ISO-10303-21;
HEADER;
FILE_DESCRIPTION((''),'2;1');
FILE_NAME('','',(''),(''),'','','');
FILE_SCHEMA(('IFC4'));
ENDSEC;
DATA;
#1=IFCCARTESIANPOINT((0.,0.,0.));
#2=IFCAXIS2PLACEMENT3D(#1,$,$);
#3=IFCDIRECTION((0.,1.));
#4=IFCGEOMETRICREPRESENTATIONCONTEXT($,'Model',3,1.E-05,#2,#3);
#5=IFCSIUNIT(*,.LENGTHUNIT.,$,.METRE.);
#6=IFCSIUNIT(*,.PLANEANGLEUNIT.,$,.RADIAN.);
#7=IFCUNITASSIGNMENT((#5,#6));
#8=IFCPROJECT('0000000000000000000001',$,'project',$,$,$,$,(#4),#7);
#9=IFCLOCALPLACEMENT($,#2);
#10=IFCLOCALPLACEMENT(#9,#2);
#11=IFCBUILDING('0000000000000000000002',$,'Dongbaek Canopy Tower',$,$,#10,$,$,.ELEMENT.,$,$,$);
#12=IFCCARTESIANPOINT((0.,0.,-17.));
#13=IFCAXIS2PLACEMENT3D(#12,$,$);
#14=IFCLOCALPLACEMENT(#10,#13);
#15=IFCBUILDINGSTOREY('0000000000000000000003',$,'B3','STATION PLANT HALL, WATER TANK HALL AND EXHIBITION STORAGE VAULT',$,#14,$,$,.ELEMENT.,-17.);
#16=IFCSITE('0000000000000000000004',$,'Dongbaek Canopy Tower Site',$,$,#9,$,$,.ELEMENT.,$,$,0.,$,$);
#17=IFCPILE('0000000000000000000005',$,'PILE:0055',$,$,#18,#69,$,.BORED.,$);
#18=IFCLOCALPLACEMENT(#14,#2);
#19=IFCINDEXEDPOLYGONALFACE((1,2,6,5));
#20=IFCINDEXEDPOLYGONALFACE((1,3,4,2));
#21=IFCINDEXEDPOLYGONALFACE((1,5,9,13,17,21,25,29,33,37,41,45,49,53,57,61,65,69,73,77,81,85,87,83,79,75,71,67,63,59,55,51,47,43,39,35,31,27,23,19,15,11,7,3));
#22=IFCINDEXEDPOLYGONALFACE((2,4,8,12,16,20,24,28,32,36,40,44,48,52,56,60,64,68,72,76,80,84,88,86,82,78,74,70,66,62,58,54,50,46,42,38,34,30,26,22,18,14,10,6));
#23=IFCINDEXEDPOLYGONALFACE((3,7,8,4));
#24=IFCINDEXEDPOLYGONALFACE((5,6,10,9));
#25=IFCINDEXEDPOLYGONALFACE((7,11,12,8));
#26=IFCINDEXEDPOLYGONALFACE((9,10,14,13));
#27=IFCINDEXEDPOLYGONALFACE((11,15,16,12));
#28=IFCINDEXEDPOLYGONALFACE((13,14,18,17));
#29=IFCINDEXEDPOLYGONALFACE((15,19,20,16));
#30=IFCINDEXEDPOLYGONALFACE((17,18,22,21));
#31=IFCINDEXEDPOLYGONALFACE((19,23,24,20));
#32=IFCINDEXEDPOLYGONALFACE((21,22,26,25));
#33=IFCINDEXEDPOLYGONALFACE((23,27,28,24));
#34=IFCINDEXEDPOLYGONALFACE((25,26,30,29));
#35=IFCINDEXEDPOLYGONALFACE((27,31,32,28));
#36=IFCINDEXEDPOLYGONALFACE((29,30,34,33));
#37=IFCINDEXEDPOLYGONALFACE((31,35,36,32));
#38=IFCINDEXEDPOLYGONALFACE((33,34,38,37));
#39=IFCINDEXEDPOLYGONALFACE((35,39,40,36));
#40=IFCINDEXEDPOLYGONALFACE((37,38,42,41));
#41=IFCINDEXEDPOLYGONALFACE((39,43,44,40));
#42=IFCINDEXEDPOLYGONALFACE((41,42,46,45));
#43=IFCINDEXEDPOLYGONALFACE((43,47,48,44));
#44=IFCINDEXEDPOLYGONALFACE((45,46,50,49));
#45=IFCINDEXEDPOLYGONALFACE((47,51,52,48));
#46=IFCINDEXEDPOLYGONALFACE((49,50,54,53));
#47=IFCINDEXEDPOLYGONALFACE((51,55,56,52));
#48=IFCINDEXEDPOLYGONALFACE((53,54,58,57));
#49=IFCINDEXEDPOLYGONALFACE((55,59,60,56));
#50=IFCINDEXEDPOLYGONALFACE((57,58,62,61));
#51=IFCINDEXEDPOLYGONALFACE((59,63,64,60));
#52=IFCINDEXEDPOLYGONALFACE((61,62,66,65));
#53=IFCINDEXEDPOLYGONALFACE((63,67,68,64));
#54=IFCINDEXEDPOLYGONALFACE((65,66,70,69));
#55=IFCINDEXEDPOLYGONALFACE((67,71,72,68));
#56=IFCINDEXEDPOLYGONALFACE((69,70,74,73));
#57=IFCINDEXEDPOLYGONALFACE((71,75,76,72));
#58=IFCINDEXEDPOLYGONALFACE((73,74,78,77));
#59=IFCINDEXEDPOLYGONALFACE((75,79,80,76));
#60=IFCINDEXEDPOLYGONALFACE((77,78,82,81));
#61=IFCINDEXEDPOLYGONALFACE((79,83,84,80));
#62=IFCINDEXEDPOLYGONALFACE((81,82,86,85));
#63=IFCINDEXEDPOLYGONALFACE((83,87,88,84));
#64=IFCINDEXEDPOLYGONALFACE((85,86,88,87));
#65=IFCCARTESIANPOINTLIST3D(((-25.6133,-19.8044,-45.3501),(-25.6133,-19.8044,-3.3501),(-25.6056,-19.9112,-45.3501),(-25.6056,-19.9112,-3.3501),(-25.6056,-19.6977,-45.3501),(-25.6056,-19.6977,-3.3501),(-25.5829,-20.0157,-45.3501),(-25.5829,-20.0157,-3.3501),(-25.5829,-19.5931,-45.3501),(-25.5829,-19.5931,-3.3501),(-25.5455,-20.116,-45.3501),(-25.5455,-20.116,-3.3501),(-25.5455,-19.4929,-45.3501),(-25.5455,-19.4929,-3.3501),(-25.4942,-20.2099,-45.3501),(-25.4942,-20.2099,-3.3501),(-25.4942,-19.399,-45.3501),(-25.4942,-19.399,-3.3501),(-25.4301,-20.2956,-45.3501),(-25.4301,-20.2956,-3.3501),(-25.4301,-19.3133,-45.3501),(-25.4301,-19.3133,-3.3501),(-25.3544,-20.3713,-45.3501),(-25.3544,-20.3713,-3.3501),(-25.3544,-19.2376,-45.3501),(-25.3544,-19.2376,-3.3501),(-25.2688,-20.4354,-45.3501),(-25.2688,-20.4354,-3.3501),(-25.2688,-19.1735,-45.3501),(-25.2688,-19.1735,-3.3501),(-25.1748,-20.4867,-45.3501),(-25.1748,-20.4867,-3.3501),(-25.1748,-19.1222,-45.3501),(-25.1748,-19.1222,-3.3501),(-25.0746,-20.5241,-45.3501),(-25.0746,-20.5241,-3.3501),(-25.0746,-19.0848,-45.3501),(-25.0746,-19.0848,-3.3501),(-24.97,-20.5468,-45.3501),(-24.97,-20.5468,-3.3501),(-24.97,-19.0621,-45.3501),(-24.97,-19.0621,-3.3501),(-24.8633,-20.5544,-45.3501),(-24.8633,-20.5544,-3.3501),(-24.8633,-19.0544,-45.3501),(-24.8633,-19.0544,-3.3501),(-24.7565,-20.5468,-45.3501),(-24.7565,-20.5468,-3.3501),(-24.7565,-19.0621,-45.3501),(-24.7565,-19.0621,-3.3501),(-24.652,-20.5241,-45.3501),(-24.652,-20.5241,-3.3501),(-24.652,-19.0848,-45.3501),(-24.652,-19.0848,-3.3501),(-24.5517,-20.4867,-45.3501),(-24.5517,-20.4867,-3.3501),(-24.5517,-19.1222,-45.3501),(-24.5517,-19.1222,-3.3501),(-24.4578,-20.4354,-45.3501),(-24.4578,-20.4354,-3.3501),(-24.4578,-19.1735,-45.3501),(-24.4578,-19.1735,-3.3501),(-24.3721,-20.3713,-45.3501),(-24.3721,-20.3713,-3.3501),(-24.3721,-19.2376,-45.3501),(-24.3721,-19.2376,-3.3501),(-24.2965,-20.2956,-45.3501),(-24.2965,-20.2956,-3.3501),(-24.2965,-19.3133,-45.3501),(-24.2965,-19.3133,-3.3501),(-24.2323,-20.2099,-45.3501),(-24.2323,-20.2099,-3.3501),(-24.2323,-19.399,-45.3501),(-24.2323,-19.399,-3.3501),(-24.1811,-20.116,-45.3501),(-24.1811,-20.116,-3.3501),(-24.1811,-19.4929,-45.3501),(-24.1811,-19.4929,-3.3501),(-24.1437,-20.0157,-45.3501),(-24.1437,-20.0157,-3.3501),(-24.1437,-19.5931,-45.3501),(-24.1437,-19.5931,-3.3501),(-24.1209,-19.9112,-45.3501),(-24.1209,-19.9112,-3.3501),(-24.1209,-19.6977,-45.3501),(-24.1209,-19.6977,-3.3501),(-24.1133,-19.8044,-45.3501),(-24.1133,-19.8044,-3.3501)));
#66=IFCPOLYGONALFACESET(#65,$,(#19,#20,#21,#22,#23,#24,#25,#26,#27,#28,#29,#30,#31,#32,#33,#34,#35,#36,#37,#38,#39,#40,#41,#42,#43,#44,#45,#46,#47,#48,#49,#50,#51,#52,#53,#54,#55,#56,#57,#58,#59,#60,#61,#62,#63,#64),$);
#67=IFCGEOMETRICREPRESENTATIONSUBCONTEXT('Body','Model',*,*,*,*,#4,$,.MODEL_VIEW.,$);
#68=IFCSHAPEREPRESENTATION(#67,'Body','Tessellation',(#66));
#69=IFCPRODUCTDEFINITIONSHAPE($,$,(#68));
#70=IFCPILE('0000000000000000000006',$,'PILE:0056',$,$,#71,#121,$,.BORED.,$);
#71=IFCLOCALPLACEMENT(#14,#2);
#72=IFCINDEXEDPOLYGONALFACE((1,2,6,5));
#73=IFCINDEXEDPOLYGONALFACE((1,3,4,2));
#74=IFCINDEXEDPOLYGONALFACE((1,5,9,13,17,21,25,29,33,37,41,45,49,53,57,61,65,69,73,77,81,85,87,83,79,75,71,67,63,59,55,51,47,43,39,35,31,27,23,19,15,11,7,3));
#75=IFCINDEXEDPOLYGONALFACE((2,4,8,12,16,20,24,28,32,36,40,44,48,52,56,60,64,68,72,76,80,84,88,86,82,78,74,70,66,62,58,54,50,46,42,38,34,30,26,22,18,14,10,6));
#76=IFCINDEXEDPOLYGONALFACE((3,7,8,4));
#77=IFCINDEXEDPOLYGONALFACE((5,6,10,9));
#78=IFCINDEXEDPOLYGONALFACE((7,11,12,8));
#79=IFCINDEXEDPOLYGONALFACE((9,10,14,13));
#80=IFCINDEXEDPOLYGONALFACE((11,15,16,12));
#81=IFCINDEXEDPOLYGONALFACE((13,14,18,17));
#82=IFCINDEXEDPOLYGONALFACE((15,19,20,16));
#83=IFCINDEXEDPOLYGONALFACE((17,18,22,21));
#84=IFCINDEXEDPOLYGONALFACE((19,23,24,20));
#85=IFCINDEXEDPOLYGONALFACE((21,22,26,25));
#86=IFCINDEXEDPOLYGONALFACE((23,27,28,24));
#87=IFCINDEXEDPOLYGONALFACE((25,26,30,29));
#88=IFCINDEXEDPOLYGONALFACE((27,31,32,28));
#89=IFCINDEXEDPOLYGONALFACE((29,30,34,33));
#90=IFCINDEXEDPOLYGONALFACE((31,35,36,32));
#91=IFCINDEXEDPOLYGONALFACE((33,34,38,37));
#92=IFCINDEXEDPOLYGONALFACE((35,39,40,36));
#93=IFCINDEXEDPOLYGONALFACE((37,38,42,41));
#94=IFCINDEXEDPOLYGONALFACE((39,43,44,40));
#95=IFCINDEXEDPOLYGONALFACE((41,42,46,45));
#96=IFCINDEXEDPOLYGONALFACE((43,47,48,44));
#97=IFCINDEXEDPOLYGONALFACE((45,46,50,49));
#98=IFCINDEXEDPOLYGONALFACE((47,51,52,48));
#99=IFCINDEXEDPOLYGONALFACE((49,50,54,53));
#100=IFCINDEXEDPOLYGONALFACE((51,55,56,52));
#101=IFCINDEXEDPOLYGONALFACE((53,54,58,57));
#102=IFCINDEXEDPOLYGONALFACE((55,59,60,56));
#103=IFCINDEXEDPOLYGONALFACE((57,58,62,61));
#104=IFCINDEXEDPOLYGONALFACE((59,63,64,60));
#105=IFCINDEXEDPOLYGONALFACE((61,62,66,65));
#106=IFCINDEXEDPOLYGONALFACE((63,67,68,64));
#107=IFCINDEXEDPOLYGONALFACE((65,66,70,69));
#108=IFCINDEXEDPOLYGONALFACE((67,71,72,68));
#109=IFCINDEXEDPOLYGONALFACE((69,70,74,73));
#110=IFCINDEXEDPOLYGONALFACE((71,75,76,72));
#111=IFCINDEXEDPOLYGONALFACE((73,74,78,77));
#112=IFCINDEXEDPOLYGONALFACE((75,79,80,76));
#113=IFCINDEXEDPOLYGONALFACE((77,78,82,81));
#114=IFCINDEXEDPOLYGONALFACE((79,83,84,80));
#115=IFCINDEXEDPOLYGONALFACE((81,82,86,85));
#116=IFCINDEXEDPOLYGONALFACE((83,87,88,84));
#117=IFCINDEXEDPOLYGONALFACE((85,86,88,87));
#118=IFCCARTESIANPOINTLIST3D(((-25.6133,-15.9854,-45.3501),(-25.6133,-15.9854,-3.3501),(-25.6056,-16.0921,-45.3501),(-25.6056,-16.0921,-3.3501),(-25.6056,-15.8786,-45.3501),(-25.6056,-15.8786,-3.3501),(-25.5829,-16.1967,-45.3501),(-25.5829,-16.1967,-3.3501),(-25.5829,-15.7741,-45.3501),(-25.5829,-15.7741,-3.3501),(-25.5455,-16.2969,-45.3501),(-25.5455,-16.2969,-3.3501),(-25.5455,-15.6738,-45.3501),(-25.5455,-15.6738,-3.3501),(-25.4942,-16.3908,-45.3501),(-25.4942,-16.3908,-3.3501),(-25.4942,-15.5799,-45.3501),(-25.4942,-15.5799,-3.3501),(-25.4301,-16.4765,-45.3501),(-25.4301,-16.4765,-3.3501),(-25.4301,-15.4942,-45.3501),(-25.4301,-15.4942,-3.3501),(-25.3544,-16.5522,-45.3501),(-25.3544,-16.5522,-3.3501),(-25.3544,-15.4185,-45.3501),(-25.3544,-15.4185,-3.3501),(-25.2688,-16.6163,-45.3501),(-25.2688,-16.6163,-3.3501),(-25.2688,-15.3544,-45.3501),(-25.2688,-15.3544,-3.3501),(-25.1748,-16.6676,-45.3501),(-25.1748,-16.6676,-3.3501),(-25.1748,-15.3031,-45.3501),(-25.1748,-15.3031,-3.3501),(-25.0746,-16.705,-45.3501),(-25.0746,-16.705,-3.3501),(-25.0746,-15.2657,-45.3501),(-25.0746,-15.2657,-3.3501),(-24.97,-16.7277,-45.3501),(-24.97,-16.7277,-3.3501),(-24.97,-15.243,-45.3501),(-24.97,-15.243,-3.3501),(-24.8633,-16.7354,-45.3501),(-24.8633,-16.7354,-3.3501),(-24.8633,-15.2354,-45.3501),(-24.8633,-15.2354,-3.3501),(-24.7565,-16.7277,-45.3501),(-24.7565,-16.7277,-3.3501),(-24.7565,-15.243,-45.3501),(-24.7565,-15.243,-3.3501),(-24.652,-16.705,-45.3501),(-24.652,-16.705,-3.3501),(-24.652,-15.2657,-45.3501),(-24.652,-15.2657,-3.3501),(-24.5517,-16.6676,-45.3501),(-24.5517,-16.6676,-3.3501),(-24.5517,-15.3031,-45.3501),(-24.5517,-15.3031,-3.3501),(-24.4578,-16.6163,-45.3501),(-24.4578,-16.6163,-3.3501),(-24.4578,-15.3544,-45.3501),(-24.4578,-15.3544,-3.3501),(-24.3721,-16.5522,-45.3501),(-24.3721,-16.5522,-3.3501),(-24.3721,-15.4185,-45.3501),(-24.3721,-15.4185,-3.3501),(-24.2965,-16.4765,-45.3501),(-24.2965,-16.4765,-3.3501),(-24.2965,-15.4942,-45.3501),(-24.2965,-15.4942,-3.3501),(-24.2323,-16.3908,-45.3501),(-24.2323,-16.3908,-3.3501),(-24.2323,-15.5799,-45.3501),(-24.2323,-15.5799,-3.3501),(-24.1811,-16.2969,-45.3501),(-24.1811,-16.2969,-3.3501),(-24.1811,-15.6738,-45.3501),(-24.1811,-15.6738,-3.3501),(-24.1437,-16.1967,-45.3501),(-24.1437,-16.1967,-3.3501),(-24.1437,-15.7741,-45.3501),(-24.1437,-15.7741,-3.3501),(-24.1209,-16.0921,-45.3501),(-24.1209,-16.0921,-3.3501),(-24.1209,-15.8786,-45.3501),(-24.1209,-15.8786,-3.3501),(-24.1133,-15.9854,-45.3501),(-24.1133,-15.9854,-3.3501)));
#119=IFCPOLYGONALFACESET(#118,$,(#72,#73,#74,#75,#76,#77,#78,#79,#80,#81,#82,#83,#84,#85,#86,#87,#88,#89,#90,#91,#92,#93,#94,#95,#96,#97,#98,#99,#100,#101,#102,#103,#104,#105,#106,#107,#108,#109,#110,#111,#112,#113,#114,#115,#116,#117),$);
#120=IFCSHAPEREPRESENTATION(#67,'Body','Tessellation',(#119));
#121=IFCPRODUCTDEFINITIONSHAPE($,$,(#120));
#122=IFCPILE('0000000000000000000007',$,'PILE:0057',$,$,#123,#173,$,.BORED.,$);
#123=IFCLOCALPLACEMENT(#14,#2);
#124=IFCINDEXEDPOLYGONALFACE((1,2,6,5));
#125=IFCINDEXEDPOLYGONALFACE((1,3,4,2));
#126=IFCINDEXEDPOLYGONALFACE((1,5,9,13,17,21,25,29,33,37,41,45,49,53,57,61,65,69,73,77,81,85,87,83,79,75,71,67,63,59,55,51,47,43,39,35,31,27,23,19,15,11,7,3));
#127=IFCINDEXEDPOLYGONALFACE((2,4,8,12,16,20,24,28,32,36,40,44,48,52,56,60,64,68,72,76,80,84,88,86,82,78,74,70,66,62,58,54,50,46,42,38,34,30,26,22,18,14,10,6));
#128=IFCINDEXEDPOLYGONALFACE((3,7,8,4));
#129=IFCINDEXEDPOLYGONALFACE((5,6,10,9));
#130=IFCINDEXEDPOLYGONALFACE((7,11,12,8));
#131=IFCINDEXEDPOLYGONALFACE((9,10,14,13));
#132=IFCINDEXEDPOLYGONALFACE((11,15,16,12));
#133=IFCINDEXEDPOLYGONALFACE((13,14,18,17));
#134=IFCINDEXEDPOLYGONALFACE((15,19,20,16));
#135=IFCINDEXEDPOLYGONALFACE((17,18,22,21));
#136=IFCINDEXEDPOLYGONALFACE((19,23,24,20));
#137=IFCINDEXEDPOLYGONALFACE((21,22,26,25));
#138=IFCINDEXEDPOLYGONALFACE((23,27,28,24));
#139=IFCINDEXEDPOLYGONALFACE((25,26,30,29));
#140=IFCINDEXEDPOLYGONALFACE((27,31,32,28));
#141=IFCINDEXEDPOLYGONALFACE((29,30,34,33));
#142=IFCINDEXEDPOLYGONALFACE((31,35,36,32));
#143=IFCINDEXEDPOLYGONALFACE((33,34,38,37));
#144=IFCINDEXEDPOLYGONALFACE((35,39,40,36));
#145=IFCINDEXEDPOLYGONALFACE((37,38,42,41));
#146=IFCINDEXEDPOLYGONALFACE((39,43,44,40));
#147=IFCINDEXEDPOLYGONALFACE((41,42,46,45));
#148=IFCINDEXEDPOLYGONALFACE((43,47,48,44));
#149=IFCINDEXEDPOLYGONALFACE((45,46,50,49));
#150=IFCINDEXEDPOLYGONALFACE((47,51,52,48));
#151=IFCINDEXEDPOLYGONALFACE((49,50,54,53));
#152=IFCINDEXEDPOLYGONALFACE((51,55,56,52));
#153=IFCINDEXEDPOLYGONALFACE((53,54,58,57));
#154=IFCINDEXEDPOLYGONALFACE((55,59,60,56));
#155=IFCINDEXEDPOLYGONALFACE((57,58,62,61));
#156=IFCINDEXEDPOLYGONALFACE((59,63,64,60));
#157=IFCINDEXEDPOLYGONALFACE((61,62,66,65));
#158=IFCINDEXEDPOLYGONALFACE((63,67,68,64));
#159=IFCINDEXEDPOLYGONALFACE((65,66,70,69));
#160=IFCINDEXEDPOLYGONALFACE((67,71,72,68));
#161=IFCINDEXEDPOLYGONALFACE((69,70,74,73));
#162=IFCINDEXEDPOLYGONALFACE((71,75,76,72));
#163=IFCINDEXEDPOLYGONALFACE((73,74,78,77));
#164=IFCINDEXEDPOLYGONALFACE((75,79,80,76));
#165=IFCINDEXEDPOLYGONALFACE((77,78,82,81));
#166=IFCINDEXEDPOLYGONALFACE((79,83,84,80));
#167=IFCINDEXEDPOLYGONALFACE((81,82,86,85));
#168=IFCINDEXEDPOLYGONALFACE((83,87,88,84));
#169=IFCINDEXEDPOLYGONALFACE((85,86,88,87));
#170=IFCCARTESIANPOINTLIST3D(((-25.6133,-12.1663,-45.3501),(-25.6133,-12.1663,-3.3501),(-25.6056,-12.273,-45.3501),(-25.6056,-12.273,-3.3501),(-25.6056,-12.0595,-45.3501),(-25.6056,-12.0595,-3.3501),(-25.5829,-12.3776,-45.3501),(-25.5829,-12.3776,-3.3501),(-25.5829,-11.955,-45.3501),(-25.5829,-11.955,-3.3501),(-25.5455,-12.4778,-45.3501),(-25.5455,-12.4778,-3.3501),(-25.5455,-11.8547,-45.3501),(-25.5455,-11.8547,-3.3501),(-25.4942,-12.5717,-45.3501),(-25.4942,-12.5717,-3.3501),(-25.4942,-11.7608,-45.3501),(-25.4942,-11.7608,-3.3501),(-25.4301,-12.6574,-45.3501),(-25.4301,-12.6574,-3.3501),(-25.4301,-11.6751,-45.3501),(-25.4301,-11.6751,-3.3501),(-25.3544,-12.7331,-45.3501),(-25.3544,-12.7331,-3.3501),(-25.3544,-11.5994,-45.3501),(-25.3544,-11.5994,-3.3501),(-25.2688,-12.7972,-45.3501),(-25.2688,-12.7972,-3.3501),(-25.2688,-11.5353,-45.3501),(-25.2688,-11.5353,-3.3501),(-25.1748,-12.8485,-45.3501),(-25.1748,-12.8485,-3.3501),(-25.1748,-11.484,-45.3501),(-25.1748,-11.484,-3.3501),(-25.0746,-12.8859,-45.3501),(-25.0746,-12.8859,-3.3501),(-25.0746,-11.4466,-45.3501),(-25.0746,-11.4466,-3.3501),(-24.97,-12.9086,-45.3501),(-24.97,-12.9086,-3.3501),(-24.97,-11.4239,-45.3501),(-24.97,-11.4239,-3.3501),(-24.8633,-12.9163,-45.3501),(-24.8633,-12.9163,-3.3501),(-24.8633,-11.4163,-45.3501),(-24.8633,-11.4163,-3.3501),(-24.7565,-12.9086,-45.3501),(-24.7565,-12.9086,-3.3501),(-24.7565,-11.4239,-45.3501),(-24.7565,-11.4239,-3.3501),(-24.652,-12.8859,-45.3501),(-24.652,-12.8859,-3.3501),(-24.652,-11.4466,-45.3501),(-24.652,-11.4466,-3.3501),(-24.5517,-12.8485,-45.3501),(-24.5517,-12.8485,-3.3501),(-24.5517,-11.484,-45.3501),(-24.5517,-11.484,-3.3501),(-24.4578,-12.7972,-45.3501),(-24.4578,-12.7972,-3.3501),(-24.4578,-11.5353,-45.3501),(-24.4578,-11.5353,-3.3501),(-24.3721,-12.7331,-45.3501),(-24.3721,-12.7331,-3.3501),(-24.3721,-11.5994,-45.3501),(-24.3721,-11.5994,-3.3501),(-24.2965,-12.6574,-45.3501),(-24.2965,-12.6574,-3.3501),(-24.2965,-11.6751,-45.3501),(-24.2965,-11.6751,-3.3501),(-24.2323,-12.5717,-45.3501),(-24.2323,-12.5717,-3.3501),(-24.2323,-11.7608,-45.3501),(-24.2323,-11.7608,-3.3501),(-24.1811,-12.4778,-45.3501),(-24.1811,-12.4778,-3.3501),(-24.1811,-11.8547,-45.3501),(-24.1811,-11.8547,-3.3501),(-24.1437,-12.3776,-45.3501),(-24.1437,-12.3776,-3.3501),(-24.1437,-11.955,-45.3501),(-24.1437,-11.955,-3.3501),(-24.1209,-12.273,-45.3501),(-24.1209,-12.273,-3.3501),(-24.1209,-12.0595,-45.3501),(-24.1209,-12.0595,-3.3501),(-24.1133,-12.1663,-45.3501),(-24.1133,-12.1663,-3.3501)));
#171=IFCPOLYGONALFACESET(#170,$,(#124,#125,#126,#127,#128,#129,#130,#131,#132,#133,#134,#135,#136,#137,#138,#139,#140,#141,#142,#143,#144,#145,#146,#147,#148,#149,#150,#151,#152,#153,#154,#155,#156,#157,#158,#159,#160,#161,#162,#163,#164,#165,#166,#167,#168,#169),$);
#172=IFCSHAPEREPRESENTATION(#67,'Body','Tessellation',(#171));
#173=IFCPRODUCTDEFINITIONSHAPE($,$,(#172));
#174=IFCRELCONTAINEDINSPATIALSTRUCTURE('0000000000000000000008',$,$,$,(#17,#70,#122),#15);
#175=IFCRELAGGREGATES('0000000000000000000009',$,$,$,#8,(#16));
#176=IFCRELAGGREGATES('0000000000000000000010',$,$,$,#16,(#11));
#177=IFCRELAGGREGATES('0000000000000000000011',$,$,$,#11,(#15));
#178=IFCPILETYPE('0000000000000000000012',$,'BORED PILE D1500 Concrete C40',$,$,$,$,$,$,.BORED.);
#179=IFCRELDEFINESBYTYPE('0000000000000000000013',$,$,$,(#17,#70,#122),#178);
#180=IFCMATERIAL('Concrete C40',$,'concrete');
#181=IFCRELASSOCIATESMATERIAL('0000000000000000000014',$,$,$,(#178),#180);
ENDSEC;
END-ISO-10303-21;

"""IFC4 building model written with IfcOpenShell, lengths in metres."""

from ifc_helpers import new_model, si_unit, direction, frame, origin, origin_2d, place, context, subcontext, project, spatial, circle, extrude, material, material_profile, profile_set, type_object, element, save


model = new_model("IFC4")

# Units and contexts
model_context = context("Model", 3, precision=1e-05, world=origin(), true_north=direction((0.0, 1.0)))
body_context = subcontext(model_context, "Body", "Model", "MODEL_VIEW")
ifc_project = project(units=[si_unit("LENGTHUNIT", "METRE"), si_unit("PLANEANGLEUNIT", "RADIAN")], contexts=[model_context])

# Site, building, storey
site_placement = place(None, origin())
site = spatial("IfcSite", under=ifc_project, at=site_placement, Name="Dongbaek Canopy Tower Site", CompositionType="ELEMENT", RefElevation=0.0)
building_placement = place(site_placement, origin())
building = spatial("IfcBuilding", under=site, at=building_placement, Name="Dongbaek Canopy Tower", CompositionType="ELEMENT")
storey_placement = place(building_placement, frame((0.0, 0.0, -17.0)))
storey = spatial("IfcBuildingStorey", under=building, at=storey_placement, Name="B3", Description="STATION PLANT HALL, WATER TANK HALL AND EXHIBITION STORAGE VAULT", CompositionType="ELEMENT", Elevation=-17.0)

# Piles
ifc_material_1 = material(Name="Concrete C40", Category="concrete")
ifc_material_profile_1 = material_profile(ifc_material_1, circle(Radius=0.75, at=origin_2d()), Name="BORED PILE D1500 Concrete C40")
ifc_profile_set_1 = profile_set([ifc_material_profile_1], Name="Concrete C40")
pile_type = type_object("IfcPileType", Name="BORED PILE D1500 Concrete C40", PredefinedType="BORED", material=ifc_profile_set_1)
for number, where, z_axis, x_axis, name in (
    (1, (-24.8633, -19.8044, -3.3501), (0.0, 0.0, -1.0), (1.0, 0.0, 0.0), "PILE:0055"),
    (2, (-24.8633, -15.9854, -3.3501), (0.0, 0.0, -1.0), (1.0, 0.0, 0.0), "PILE:0056"),
    (3, (-24.8633, -12.1663, -3.3501), (0.0, 0.0, -1.0), (1.0, 0.0, 0.0), "PILE:0057"),
):
    element("IfcPile", number, at=place(storey_placement, frame(where, z_axis=z_axis, x_axis=x_axis)), inside=storey, type_object=pile_type, Name=name, PredefinedType="BORED", context=body_context, shape_type="SweptSolid", body=[
        extrude(circle(Radius=0.75, at=origin_2d()), origin(), (0.0, 0.0, 1.0), 42.0),
    ])

save(model, "model.ifc")
